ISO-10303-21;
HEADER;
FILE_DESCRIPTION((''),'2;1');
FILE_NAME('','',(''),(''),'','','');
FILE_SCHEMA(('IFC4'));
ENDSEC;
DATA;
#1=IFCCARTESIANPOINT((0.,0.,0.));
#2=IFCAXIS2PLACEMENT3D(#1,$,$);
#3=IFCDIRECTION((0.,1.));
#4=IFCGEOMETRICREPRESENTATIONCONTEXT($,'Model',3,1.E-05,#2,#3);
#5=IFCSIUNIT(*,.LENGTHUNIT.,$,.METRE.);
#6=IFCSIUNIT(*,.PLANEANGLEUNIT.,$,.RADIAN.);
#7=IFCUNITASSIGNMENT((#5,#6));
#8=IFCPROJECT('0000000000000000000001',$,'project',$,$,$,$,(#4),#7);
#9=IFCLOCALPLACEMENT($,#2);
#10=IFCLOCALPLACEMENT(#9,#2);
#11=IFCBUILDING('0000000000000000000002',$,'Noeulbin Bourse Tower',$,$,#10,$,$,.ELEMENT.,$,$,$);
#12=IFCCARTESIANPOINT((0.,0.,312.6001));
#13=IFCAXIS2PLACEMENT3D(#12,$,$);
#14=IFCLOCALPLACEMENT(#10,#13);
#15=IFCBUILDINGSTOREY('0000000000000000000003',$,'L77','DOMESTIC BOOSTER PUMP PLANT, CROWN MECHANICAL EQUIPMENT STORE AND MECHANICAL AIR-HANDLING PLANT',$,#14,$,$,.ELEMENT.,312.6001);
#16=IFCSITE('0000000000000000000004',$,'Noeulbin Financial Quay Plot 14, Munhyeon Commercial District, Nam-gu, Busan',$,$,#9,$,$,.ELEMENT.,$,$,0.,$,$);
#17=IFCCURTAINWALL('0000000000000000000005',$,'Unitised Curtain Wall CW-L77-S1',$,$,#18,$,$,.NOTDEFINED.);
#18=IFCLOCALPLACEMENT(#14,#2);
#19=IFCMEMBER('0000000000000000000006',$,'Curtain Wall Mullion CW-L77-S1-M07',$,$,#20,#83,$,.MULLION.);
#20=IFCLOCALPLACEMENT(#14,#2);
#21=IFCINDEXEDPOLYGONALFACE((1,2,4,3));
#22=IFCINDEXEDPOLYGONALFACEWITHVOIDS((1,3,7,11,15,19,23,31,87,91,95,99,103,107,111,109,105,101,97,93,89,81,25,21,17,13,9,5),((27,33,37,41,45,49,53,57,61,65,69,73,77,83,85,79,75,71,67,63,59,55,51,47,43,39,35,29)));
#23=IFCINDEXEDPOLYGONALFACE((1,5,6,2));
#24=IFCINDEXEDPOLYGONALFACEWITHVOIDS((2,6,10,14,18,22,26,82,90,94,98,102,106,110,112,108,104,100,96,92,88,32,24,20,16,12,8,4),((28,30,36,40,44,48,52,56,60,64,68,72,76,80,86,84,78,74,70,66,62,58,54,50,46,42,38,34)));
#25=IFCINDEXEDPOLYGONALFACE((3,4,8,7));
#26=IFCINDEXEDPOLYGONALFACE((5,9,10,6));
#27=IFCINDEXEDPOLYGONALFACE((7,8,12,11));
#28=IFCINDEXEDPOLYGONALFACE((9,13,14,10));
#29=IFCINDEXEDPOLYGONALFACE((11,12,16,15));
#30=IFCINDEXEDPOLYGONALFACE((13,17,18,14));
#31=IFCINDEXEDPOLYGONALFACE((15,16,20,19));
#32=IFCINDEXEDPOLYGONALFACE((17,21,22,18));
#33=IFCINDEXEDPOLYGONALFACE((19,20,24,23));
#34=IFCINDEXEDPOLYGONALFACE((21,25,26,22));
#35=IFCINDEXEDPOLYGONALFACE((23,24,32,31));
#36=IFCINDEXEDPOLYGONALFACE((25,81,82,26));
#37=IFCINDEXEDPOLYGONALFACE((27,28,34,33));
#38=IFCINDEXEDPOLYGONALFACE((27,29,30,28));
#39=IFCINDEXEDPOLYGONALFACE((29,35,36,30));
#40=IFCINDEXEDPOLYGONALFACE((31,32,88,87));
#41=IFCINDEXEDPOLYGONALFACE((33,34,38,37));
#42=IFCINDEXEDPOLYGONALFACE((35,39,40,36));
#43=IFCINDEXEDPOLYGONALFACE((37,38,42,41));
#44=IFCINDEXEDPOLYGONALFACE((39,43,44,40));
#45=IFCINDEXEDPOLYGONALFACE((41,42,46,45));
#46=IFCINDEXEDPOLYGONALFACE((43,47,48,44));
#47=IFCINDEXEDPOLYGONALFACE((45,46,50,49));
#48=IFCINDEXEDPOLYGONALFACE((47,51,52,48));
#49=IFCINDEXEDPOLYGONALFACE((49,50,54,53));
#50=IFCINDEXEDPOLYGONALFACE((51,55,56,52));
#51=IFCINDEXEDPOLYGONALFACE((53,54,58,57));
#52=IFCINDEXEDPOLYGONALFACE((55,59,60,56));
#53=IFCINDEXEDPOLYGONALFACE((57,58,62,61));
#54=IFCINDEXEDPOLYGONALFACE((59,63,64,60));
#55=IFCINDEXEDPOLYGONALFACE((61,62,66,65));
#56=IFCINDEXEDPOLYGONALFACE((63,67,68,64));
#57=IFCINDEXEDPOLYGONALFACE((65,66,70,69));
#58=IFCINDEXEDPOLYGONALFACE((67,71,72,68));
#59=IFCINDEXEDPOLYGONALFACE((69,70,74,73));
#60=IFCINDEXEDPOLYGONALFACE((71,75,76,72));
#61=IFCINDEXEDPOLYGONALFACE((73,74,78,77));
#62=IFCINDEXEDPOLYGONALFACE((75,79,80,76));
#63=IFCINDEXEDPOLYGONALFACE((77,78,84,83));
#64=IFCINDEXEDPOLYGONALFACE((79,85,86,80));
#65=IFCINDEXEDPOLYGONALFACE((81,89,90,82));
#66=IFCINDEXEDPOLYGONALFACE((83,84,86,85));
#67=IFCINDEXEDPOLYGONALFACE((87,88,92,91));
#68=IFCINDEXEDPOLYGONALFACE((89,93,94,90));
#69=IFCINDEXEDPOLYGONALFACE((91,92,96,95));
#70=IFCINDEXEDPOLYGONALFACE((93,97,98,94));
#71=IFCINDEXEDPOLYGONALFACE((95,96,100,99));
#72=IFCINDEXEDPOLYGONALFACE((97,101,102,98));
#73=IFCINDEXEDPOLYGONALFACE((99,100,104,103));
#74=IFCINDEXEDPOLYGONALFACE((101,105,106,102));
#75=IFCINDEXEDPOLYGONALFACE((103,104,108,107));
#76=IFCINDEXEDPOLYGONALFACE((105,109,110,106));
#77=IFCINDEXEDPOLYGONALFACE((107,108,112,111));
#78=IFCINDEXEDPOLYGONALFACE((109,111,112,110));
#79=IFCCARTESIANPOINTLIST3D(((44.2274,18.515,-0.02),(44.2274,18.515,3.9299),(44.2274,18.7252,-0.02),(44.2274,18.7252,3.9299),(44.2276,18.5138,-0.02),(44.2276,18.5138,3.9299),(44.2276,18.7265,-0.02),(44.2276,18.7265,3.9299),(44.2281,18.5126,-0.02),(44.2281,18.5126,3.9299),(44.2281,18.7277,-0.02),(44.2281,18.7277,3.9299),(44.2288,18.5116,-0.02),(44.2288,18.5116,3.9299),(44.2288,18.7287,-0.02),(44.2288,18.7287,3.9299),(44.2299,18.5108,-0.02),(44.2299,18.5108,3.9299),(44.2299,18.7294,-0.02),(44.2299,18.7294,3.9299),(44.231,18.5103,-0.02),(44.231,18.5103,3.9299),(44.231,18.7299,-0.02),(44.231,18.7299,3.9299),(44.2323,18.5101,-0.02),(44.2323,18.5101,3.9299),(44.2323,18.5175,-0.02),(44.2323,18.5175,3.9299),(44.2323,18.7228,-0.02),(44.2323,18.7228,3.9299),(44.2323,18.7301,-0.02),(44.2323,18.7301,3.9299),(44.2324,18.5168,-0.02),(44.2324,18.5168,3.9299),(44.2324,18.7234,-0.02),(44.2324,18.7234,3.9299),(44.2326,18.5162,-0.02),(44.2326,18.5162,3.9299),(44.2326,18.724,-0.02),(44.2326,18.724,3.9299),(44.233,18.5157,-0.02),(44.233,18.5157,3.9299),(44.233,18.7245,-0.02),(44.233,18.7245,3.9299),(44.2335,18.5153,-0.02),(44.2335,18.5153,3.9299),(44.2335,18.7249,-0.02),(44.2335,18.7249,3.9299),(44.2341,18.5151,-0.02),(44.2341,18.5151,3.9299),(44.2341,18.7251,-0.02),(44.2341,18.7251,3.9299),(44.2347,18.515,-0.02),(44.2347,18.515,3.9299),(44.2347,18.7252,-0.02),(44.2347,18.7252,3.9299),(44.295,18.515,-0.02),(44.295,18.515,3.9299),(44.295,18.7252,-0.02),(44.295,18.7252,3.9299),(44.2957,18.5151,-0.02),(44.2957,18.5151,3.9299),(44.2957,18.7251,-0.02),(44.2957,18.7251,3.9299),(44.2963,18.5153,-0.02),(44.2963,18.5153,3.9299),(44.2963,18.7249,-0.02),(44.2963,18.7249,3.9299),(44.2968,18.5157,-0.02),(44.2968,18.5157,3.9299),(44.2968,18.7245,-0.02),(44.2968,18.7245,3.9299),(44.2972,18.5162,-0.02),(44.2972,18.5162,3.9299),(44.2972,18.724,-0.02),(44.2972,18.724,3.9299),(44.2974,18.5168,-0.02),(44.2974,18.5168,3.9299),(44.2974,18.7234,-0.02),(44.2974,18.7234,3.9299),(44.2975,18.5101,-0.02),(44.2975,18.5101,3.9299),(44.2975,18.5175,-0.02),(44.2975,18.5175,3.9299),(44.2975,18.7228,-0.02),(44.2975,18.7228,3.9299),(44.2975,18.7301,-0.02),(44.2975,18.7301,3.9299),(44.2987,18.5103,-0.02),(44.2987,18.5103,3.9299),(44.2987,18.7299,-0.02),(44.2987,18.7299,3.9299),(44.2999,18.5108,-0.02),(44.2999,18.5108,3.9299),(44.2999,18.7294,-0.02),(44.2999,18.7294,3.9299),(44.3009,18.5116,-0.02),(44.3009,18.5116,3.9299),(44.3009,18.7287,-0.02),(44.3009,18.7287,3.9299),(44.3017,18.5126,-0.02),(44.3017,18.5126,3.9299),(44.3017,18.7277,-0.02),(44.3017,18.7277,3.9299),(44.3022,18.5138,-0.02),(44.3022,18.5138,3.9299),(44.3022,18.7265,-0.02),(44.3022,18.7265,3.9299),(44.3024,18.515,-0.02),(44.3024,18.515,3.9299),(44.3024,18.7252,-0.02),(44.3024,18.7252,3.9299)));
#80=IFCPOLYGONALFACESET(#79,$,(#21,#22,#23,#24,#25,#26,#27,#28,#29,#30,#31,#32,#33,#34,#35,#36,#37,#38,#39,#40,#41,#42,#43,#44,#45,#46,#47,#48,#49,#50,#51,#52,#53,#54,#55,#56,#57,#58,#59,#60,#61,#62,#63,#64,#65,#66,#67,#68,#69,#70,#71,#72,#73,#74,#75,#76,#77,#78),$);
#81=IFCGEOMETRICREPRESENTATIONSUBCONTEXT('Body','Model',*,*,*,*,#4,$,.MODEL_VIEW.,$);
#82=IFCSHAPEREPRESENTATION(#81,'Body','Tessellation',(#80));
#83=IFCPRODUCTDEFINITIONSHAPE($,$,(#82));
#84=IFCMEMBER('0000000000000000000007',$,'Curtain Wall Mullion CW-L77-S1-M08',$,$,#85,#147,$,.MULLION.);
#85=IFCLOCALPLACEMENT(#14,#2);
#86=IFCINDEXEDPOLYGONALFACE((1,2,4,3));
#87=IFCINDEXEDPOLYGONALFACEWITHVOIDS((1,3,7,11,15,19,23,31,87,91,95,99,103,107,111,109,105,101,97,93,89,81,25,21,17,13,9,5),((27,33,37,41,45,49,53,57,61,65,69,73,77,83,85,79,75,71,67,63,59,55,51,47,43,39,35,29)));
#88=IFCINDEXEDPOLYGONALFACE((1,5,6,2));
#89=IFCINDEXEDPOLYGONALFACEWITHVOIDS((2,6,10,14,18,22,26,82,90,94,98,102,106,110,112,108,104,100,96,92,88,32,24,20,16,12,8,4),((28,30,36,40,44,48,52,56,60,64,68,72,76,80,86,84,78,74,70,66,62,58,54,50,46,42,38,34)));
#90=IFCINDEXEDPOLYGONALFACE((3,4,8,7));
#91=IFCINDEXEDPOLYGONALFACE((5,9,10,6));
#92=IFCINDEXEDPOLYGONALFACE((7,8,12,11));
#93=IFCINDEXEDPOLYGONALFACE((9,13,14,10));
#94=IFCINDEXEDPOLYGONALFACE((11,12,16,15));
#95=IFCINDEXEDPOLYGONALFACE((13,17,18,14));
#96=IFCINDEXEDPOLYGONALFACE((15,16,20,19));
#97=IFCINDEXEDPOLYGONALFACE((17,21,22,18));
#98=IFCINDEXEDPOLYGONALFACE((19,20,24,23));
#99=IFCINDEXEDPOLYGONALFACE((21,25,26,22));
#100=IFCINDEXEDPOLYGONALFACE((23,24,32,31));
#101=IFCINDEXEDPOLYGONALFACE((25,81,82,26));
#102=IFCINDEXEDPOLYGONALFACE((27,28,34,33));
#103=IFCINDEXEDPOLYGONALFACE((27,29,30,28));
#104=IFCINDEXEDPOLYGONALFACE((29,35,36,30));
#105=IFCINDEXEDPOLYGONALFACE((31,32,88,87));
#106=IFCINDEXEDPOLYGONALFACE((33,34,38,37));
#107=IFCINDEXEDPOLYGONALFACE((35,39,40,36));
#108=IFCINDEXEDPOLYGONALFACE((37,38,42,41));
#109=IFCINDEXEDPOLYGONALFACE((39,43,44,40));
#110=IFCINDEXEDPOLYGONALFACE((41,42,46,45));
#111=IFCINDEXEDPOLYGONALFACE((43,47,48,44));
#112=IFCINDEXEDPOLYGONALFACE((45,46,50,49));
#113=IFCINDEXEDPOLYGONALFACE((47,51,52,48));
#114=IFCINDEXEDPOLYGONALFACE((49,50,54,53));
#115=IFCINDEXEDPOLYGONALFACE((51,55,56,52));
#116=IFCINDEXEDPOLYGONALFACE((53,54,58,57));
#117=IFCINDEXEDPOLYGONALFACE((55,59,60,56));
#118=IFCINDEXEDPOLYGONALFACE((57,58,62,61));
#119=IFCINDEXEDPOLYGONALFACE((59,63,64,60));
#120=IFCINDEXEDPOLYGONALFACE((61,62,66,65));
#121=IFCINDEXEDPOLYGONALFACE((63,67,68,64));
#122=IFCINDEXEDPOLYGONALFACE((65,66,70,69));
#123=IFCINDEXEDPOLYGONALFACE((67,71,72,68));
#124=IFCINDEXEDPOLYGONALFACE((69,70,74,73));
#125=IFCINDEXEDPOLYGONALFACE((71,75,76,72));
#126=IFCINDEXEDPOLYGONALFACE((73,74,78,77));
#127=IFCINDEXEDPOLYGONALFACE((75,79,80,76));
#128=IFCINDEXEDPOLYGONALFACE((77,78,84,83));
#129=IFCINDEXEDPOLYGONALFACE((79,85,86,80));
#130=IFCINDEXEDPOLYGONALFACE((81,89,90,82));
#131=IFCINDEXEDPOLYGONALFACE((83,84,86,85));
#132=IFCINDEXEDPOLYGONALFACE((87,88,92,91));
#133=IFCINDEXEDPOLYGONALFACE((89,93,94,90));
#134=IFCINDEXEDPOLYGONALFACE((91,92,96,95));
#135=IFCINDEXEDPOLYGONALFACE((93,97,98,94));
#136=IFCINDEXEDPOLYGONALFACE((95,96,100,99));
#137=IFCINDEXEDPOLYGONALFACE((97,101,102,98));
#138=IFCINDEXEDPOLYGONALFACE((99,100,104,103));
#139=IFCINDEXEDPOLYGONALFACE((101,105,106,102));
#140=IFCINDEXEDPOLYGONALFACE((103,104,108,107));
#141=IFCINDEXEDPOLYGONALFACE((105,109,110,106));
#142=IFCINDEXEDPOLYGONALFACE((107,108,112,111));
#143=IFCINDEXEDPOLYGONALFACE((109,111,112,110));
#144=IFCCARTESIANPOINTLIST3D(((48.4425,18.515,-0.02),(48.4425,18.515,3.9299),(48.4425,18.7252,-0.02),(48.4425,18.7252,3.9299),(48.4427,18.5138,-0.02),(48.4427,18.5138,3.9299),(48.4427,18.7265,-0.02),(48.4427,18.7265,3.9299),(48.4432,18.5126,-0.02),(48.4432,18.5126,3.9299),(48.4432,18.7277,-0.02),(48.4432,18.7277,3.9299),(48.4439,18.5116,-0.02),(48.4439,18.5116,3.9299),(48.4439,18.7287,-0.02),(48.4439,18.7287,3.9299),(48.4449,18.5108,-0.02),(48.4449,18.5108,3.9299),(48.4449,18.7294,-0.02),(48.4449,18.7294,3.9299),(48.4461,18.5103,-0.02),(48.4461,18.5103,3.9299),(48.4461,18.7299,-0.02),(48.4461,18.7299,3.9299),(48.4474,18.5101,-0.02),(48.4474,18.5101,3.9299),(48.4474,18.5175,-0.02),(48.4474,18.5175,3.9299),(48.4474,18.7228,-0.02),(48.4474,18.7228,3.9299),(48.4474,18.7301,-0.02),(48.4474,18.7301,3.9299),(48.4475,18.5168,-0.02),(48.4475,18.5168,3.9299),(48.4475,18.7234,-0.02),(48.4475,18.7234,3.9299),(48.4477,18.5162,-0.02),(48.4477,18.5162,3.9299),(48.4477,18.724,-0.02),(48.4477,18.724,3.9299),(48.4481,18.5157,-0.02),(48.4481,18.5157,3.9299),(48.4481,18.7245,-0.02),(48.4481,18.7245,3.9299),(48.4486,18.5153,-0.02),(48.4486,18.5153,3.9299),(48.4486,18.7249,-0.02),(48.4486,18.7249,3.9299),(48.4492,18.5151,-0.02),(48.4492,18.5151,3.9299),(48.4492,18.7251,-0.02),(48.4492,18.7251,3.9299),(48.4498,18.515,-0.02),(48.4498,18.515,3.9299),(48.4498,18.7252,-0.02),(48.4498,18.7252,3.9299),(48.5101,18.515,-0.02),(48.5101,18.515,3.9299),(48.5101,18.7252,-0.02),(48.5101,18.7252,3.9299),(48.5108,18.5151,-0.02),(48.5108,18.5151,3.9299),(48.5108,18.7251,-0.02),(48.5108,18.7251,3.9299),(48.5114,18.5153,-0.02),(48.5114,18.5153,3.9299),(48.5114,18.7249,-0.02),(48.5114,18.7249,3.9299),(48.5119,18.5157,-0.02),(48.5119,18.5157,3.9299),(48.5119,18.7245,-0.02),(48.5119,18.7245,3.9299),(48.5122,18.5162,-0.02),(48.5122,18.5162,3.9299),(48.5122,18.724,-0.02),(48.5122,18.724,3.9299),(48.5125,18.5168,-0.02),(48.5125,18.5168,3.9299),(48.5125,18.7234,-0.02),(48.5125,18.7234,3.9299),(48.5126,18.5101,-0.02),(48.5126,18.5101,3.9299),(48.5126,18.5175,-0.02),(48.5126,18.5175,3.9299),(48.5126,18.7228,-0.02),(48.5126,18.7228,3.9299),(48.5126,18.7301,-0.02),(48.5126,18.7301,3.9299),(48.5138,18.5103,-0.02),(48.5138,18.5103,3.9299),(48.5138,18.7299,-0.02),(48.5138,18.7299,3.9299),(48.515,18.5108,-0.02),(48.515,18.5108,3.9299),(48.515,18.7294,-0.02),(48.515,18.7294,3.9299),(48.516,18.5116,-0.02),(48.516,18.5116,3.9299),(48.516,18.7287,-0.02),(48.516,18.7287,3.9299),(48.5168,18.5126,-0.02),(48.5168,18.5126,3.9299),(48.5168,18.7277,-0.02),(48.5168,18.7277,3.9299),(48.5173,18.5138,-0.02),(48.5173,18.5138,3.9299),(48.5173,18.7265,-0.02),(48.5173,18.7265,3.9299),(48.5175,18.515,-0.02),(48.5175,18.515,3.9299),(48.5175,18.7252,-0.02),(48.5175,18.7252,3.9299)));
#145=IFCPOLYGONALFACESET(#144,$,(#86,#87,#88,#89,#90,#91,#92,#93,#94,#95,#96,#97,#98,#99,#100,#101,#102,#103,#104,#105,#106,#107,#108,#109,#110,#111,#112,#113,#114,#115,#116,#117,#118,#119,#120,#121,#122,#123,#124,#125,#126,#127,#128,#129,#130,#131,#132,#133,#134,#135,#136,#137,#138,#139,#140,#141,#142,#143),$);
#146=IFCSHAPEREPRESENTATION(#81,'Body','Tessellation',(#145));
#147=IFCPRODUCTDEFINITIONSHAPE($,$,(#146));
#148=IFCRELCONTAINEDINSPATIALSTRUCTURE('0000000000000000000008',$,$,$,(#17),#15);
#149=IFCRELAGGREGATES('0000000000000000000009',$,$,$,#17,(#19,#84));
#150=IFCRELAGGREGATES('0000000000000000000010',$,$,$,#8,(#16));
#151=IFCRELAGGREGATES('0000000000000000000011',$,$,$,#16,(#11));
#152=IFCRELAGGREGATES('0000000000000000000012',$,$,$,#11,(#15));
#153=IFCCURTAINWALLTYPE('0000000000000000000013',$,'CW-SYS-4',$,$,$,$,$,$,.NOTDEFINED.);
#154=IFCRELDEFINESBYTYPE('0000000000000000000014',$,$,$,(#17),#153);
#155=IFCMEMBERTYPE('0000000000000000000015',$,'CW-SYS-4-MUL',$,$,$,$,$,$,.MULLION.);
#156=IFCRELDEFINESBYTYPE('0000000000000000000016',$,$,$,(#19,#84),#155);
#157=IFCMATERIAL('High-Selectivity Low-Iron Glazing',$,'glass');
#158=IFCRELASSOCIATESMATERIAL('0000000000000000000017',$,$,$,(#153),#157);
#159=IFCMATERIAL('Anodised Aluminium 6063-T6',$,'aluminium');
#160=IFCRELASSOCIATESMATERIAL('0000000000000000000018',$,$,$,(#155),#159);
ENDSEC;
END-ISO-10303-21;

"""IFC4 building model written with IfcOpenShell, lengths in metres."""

from ifc_helpers import new_model, si_unit, direction, frame, origin, origin_2d, place, context, subcontext, project, spatial, hollow_rectangle, extrude, material, material_profile, profile_set, type_object, element, aggregate, save


model = new_model("IFC4")

# Units and contexts
model_context = context("Model", 3, precision=1e-05, world=origin(), true_north=direction((0.0, 1.0)))
body_context = subcontext(model_context, "Body", "Model", "MODEL_VIEW")
ifc_project = project(units=[si_unit("LENGTHUNIT", "METRE"), si_unit("PLANEANGLEUNIT", "RADIAN")], contexts=[model_context])

# Site, building, storey
site_placement = place(None, origin())
site = spatial("IfcSite", under=ifc_project, at=site_placement, Name="Noeulbin Financial Quay Plot 14, Munhyeon Commercial District, Nam-gu, Busan", CompositionType="ELEMENT", RefElevation=0.0)
building_placement = place(site_placement, origin())
building = spatial("IfcBuilding", under=site, at=building_placement, Name="Noeulbin Bourse Tower", CompositionType="ELEMENT")
storey_placement = place(building_placement, frame((0.0, 0.0, 312.6001)))
storey = spatial("IfcBuildingStorey", under=building, at=storey_placement, Name="L77", Description="DOMESTIC BOOSTER PUMP PLANT, CROWN MECHANICAL EQUIPMENT STORE AND MECHANICAL AIR-HANDLING PLANT", CompositionType="ELEMENT", Elevation=312.6001)

# Curtain wall, members
ifc_material_1 = material(Name="High-Selectivity Low-Iron Glazing", Category="glass")
curtain_wall_type = type_object("IfcCurtainWallType", Name="CW-SYS-4", PredefinedType="NOTDEFINED", material=ifc_material_1)
curtain_wall_1_placement = place(storey_placement, origin())
curtain_wall_1 = element("IfcCurtainWall", 1, at=curtain_wall_1_placement, inside=storey, type_object=curtain_wall_type, Name="Unitised Curtain Wall CW-L77-S1", PredefinedType="NOTDEFINED")
ifc_material_2 = material(Name="Anodised Aluminium 6063-T6", Category="aluminium")
ifc_material_profile_1 = material_profile(ifc_material_2, hollow_rectangle(XDim=0.075, YDim=0.22, WallThickness=0.0049, InnerFilletRadius=0.0024, OuterFilletRadius=0.0049, at=origin_2d()), Name="ALU-MULL-75x220x5", Category="LoadBearing")
ifc_profile_set_1 = profile_set([ifc_material_profile_1], Name="Anodised Aluminium 6063-T6")
member_type_1 = type_object("IfcMemberType", Name="CW-SYS-4-MUL", PredefinedType="MULLION", material=ifc_profile_set_1)
member_1_placement = place(storey_placement, frame((44.2649, 18.6201, -0.02), z_axis=(0.0, 0.0, 1.0), x_axis=(1.0, 0.0, 0.0)))
member_1 = element("IfcMember", 2, at=member_1_placement, type_object=member_type_1, Name="Curtain Wall Mullion CW-L77-S1-M07", PredefinedType="MULLION", context=body_context, shape_type="SweptSolid", body=[
    extrude(hollow_rectangle(XDim=0.075, YDim=0.22, WallThickness=0.0049, InnerFilletRadius=0.0024, OuterFilletRadius=0.0049, at=origin_2d()), origin(), (0.0, 0.0, 1.0), 3.95),
])
member_2_placement = place(storey_placement, frame((48.48, 18.6201, -0.02), z_axis=(0.0, 0.0, 1.0), x_axis=(1.0, 0.0, 0.0)))
member_2 = element("IfcMember", 3, at=member_2_placement, type_object=member_type_1, Name="Curtain Wall Mullion CW-L77-S1-M08", PredefinedType="MULLION", context=body_context, shape_type="SweptSolid", body=[
    extrude(hollow_rectangle(XDim=0.075, YDim=0.22, WallThickness=0.0049, InnerFilletRadius=0.0024, OuterFilletRadius=0.0049, at=origin_2d()), origin(), (0.0, 0.0, 1.0), 3.95),
])

aggregate(curtain_wall_1, [member_1, member_2])

save(model, "model.ifc")
